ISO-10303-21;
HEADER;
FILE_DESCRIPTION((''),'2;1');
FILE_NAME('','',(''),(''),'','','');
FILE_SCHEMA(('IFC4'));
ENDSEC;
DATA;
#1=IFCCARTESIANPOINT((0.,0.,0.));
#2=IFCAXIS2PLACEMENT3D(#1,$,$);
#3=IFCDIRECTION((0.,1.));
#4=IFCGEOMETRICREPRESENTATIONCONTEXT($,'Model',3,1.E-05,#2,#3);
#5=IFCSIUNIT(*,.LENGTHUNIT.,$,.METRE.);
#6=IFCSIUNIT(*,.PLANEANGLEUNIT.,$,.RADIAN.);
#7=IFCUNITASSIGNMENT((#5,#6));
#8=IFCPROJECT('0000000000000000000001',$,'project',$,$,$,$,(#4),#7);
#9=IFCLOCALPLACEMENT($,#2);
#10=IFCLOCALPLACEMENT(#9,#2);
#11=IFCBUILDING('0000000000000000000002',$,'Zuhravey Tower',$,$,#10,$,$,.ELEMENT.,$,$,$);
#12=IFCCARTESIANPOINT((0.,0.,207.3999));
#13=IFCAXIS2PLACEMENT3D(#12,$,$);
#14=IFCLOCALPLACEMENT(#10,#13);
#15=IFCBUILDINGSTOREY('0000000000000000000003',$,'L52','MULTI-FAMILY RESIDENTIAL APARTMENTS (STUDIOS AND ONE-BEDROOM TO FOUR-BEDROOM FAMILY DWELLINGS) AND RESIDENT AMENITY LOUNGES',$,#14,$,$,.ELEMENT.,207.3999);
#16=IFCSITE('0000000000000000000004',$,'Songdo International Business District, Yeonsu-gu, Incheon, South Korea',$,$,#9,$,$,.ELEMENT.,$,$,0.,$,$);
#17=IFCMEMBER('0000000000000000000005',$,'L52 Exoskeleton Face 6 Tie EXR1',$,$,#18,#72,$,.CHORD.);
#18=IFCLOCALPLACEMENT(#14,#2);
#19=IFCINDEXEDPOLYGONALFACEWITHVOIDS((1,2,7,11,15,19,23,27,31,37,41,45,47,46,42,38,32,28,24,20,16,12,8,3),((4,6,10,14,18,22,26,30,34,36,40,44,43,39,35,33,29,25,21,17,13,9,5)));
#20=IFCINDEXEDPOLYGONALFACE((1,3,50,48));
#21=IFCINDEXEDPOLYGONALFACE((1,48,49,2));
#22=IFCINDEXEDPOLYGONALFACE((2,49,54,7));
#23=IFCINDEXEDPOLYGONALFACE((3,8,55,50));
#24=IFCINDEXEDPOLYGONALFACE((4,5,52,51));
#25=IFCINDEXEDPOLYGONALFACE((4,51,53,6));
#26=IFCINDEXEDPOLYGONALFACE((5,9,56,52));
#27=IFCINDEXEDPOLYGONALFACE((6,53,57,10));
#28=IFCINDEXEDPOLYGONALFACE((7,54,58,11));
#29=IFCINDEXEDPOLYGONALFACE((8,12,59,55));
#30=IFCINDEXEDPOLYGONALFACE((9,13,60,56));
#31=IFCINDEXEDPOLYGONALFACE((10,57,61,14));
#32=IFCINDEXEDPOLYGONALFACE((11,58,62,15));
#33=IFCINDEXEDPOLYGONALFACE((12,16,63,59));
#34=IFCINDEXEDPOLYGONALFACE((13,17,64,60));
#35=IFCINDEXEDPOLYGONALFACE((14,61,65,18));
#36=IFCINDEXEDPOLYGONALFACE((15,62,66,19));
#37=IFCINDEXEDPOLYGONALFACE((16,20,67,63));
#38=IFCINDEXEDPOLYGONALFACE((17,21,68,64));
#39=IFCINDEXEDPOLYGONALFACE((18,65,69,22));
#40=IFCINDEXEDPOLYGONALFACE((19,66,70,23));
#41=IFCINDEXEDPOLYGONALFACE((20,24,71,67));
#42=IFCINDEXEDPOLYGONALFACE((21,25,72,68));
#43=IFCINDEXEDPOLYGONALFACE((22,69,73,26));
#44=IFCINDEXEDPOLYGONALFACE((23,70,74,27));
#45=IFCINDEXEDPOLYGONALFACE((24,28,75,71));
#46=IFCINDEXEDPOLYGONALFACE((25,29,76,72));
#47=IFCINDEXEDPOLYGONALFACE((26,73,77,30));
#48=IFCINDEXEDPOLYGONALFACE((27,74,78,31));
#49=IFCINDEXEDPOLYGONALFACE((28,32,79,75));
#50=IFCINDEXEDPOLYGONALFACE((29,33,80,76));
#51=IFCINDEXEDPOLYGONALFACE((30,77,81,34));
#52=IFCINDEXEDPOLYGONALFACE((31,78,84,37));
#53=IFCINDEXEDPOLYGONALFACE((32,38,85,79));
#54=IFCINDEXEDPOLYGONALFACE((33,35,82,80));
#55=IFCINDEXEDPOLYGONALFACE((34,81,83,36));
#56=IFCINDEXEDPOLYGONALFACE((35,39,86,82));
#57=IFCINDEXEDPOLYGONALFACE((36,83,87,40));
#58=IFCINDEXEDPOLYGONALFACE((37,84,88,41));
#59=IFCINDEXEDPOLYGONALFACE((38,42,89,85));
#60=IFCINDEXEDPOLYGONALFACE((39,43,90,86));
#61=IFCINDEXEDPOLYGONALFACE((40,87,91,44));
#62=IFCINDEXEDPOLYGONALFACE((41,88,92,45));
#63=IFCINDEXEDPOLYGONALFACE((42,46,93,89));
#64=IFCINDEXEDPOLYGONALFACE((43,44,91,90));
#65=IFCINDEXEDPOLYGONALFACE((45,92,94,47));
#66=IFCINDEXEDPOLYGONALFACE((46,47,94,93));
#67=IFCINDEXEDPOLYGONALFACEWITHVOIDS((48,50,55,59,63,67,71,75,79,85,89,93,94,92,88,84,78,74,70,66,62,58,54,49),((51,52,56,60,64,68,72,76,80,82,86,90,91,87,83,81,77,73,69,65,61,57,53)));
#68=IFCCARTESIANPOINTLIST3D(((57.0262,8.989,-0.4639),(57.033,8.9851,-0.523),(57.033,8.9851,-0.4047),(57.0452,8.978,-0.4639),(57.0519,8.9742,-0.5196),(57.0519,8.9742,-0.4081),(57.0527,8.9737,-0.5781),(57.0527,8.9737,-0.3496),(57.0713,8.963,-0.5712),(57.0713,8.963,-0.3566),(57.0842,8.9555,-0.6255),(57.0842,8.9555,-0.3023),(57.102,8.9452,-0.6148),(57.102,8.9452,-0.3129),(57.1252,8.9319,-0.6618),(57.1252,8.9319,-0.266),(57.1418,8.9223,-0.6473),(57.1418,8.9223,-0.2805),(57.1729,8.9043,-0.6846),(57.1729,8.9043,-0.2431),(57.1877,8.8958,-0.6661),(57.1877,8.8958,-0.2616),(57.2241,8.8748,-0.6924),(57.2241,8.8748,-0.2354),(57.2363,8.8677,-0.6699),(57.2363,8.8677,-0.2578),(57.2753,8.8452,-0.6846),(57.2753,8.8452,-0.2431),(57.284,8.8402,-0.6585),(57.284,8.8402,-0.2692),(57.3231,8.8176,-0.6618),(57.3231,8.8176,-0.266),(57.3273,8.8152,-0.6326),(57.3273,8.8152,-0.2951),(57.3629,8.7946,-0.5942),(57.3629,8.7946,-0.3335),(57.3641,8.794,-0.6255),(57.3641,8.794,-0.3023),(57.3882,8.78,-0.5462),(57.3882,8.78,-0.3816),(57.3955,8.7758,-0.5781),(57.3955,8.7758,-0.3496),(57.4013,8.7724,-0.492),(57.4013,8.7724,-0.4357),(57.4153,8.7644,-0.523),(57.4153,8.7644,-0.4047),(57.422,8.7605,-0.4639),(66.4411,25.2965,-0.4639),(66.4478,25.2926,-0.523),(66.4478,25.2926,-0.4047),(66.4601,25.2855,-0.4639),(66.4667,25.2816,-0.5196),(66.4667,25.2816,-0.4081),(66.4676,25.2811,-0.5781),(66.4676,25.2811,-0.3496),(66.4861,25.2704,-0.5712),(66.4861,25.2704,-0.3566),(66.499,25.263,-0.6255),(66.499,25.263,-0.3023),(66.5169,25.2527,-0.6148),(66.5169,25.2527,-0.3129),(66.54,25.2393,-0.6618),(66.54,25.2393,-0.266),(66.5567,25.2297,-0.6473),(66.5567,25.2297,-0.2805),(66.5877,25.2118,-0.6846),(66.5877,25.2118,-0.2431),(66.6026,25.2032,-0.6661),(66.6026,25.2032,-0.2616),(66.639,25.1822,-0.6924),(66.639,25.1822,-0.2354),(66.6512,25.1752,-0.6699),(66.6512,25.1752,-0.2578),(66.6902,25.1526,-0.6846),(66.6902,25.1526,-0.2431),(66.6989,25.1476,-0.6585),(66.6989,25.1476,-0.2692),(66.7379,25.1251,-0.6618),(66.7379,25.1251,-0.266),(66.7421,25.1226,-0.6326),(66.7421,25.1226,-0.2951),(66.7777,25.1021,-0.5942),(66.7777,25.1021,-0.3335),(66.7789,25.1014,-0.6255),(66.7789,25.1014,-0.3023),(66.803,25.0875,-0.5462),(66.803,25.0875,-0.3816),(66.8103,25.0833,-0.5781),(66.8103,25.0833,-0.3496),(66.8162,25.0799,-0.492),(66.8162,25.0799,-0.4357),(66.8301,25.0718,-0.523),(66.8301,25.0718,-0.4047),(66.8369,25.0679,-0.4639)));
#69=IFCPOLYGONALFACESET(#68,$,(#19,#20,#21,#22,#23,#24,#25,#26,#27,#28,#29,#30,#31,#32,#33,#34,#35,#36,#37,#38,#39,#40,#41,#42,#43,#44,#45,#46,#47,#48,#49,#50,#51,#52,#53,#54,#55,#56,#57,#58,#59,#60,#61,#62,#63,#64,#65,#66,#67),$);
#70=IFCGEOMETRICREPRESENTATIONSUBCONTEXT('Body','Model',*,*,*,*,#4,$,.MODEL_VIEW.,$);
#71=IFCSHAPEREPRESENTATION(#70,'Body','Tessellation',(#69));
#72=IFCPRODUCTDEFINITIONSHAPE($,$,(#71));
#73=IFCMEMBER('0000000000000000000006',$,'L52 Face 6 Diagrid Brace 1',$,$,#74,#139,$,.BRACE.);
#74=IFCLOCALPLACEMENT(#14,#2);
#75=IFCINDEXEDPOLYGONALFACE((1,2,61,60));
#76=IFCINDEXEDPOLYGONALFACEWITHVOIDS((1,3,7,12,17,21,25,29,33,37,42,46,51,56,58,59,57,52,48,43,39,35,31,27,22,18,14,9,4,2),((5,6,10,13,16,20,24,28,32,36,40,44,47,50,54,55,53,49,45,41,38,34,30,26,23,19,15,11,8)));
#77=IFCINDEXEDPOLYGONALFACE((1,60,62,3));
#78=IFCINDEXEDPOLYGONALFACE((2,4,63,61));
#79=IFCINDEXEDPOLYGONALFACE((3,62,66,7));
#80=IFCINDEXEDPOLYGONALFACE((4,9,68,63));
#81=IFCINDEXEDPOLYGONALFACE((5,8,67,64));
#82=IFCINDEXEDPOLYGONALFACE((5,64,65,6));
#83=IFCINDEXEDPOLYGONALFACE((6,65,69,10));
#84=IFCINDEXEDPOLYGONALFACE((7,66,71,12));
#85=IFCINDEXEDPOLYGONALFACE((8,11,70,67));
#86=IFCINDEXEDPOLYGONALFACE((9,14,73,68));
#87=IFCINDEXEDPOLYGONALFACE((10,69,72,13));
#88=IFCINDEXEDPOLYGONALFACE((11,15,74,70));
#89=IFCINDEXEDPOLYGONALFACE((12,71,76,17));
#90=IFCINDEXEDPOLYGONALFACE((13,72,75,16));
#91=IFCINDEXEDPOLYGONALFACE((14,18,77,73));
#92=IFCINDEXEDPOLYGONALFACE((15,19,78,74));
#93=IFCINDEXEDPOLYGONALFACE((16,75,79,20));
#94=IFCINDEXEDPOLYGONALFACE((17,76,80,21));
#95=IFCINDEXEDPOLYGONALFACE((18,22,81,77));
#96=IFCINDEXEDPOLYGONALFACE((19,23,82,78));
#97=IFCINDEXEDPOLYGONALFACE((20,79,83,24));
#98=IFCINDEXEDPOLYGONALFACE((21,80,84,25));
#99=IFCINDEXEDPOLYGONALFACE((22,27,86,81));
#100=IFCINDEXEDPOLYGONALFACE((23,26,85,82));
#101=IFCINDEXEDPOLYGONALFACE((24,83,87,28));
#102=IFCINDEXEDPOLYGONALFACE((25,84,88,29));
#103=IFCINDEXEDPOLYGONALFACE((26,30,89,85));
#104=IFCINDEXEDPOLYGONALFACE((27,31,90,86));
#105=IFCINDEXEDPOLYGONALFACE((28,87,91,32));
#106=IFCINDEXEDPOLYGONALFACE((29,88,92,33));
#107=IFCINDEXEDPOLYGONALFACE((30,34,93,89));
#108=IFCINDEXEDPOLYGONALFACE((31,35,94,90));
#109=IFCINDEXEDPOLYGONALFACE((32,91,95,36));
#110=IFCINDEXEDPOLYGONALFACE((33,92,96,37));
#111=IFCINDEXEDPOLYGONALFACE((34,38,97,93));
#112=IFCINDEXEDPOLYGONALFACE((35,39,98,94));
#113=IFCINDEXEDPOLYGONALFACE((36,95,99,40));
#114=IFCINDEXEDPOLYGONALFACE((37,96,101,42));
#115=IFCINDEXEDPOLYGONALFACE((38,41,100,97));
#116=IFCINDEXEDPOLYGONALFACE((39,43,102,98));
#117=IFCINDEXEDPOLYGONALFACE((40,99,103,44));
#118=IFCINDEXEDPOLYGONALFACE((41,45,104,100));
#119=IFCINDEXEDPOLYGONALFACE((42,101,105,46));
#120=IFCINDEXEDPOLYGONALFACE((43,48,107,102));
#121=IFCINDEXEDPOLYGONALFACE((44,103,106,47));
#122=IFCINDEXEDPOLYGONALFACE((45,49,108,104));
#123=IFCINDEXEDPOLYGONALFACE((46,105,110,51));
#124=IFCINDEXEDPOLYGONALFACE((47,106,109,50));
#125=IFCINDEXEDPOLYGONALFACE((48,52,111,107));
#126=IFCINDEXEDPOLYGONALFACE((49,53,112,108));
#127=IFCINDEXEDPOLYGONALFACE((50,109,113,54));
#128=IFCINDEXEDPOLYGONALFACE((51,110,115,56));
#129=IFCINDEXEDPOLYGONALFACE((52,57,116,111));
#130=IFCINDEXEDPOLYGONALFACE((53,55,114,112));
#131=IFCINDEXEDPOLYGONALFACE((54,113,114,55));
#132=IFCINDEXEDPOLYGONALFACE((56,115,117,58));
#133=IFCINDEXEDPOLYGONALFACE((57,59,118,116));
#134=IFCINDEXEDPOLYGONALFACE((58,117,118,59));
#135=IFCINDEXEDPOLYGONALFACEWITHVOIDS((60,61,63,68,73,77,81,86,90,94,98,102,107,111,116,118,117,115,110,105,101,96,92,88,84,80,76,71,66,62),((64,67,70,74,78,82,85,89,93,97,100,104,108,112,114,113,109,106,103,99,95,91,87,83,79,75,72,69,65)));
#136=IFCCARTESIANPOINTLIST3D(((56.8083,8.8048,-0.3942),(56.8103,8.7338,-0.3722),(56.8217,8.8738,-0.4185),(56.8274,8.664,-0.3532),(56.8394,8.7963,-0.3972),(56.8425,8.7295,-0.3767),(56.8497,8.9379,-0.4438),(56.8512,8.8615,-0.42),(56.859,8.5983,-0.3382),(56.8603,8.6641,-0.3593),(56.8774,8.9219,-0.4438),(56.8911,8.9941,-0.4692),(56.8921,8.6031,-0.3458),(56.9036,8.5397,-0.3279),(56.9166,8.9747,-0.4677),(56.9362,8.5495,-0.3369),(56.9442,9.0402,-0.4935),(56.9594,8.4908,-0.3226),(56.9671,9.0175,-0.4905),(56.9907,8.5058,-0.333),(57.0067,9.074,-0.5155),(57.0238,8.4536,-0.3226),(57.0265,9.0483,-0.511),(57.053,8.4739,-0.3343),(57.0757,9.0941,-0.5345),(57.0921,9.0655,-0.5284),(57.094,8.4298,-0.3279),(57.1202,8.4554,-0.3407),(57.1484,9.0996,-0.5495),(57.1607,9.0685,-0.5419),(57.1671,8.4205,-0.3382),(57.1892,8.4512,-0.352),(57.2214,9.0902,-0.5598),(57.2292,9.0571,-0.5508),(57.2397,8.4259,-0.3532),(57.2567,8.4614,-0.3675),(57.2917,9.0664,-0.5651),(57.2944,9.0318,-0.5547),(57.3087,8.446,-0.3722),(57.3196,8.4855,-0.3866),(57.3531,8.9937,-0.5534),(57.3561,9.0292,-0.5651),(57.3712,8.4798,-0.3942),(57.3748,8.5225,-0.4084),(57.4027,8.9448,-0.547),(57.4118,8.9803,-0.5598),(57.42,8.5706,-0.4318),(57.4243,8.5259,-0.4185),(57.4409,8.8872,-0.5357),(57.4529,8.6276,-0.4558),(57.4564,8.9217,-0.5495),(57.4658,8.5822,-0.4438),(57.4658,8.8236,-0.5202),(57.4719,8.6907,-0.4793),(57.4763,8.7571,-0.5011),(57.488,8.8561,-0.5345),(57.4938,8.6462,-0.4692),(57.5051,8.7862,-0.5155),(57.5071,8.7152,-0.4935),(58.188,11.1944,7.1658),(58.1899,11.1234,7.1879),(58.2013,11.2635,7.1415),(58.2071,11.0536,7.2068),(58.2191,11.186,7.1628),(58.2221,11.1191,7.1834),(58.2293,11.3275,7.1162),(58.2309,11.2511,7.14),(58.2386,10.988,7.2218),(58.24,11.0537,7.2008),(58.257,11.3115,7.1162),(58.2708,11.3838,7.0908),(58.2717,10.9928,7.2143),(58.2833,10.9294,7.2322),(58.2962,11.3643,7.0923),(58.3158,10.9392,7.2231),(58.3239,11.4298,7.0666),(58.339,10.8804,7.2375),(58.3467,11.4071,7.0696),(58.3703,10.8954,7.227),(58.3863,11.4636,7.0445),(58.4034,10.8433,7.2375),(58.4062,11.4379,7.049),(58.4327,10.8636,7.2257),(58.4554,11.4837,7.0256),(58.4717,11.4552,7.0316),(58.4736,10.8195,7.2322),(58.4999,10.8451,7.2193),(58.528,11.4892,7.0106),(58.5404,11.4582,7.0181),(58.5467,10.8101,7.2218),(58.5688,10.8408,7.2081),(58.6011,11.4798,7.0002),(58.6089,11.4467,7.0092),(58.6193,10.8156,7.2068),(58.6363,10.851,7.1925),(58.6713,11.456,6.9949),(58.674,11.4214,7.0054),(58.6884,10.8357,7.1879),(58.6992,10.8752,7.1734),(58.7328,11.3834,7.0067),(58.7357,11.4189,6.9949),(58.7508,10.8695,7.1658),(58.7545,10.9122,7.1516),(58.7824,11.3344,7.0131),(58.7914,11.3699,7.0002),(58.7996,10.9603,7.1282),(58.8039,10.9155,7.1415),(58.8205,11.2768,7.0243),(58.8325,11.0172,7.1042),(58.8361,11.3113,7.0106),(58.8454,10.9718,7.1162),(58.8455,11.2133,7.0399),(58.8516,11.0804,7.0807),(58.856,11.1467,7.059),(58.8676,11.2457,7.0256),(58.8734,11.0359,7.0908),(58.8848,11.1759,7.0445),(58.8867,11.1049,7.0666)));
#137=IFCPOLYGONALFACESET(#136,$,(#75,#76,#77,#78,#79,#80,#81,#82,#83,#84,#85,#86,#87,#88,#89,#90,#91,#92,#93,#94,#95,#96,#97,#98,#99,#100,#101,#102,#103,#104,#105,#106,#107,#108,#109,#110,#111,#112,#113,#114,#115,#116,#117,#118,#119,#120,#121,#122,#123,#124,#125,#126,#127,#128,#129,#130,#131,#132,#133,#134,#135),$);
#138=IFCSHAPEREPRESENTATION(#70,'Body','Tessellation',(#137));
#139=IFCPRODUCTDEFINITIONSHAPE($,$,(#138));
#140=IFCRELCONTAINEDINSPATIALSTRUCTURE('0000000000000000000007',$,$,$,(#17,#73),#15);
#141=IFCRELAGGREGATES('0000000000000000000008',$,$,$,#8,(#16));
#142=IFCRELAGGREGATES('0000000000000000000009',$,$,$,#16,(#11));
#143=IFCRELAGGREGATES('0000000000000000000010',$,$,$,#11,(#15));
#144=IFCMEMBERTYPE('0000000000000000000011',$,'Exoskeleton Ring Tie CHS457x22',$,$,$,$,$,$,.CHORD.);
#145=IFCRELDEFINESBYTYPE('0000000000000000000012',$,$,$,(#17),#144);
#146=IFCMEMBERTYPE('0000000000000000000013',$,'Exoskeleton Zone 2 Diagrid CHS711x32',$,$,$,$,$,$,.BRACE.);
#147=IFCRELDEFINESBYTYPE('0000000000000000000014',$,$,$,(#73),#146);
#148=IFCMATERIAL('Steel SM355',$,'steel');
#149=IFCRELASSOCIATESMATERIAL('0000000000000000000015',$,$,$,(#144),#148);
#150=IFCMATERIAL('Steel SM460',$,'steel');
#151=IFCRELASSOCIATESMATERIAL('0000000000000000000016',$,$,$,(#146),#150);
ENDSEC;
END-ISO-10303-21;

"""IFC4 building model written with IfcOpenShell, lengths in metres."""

from ifc_helpers import new_model, si_unit, direction, frame, origin, origin_2d, place, context, subcontext, project, spatial, hollow_circle, extrude, material, material_profile, profile_set, type_object, element, save


model = new_model("IFC4")

# Units and contexts
model_context = context("Model", 3, precision=1e-05, world=origin(), true_north=direction((0.0, 1.0)))
body_context = subcontext(model_context, "Body", "Model", "MODEL_VIEW")
ifc_project = project(units=[si_unit("LENGTHUNIT", "METRE"), si_unit("PLANEANGLEUNIT", "RADIAN")], contexts=[model_context])

# Site, building, storey
site_placement = place(None, origin())
site = spatial("IfcSite", under=ifc_project, at=site_placement, Name="Songdo International Business District, Yeonsu-gu, Incheon, South Korea", CompositionType="ELEMENT", RefElevation=0.0)
building_placement = place(site_placement, origin())
building = spatial("IfcBuilding", under=site, at=building_placement, Name="Zuhravey Tower", CompositionType="ELEMENT")
storey_placement = place(building_placement, frame((0.0, 0.0, 207.3999)))
storey = spatial("IfcBuildingStorey", under=building, at=storey_placement, Name="L52", Description="MULTI-FAMILY RESIDENTIAL APARTMENTS (STUDIOS AND ONE-BEDROOM TO FOUR-BEDROOM FAMILY DWELLINGS) AND RESIDENT AMENITY LOUNGES", CompositionType="ELEMENT", Elevation=207.3999)

# Members
ifc_material_1 = material(Name="Steel SM355", Category="steel")
ifc_material_profile_1 = material_profile(ifc_material_1, hollow_circle(Radius=0.2285, WallThickness=0.022, at=origin_2d()), Name="CHS-457.2x22")
ifc_profile_set_1 = profile_set([ifc_material_profile_1], Name="Steel SM355")
member_type_1 = type_object("IfcMemberType", Name="Exoskeleton Ring Tie CHS457x22", PredefinedType="CHORD", material=ifc_profile_set_1)
member_1_placement = place(storey_placement, frame((57.2241, 8.8748, -0.4639), z_axis=(0.499989, 0.866032, 0.0), x_axis=(-0.866032, 0.499989, 0.0)))
element("IfcMember", 1, at=member_1_placement, inside=storey, type_object=member_type_1, Name="L52 Exoskeleton Face 6 Tie EXR1", PredefinedType="CHORD", context=body_context, shape_type="SweptSolid", body=[
    extrude(hollow_circle(Radius=0.2285, WallThickness=0.022, at=origin_2d()), origin(), (0.0, 0.0, 1.0), 18.8301),
])
ifc_material_2 = material(Name="Steel SM460", Category="steel")
ifc_material_profile_2 = material_profile(ifc_material_2, hollow_circle(Radius=0.3557, WallThickness=0.032, at=origin_2d()), Name="CHS-711.2x32")
ifc_profile_set_2 = profile_set([ifc_material_profile_2], Name="Steel SM460")
member_type_2 = type_object("IfcMemberType", Name="Exoskeleton Zone 2 Diagrid CHS711x32", PredefinedType="BRACE", material=ifc_profile_set_2)
member_2_placement = place(storey_placement, frame((57.1577, 8.76, -0.4438), z_axis=(0.171429, 0.296929, 0.939386), x_axis=(-0.866029, 0.499993, 0.0)))
element("IfcMember", 2, at=member_2_placement, inside=storey, type_object=member_type_2, Name="L52 Face 6 Diagrid Brace 1", PredefinedType="BRACE", context=body_context, shape_type="SweptSolid", body=[
    extrude(hollow_circle(Radius=0.3557, WallThickness=0.032, at=origin_2d()), origin(), (0.0, 0.0, 1.0), 8.0479),
])

save(model, "model.ifc")
